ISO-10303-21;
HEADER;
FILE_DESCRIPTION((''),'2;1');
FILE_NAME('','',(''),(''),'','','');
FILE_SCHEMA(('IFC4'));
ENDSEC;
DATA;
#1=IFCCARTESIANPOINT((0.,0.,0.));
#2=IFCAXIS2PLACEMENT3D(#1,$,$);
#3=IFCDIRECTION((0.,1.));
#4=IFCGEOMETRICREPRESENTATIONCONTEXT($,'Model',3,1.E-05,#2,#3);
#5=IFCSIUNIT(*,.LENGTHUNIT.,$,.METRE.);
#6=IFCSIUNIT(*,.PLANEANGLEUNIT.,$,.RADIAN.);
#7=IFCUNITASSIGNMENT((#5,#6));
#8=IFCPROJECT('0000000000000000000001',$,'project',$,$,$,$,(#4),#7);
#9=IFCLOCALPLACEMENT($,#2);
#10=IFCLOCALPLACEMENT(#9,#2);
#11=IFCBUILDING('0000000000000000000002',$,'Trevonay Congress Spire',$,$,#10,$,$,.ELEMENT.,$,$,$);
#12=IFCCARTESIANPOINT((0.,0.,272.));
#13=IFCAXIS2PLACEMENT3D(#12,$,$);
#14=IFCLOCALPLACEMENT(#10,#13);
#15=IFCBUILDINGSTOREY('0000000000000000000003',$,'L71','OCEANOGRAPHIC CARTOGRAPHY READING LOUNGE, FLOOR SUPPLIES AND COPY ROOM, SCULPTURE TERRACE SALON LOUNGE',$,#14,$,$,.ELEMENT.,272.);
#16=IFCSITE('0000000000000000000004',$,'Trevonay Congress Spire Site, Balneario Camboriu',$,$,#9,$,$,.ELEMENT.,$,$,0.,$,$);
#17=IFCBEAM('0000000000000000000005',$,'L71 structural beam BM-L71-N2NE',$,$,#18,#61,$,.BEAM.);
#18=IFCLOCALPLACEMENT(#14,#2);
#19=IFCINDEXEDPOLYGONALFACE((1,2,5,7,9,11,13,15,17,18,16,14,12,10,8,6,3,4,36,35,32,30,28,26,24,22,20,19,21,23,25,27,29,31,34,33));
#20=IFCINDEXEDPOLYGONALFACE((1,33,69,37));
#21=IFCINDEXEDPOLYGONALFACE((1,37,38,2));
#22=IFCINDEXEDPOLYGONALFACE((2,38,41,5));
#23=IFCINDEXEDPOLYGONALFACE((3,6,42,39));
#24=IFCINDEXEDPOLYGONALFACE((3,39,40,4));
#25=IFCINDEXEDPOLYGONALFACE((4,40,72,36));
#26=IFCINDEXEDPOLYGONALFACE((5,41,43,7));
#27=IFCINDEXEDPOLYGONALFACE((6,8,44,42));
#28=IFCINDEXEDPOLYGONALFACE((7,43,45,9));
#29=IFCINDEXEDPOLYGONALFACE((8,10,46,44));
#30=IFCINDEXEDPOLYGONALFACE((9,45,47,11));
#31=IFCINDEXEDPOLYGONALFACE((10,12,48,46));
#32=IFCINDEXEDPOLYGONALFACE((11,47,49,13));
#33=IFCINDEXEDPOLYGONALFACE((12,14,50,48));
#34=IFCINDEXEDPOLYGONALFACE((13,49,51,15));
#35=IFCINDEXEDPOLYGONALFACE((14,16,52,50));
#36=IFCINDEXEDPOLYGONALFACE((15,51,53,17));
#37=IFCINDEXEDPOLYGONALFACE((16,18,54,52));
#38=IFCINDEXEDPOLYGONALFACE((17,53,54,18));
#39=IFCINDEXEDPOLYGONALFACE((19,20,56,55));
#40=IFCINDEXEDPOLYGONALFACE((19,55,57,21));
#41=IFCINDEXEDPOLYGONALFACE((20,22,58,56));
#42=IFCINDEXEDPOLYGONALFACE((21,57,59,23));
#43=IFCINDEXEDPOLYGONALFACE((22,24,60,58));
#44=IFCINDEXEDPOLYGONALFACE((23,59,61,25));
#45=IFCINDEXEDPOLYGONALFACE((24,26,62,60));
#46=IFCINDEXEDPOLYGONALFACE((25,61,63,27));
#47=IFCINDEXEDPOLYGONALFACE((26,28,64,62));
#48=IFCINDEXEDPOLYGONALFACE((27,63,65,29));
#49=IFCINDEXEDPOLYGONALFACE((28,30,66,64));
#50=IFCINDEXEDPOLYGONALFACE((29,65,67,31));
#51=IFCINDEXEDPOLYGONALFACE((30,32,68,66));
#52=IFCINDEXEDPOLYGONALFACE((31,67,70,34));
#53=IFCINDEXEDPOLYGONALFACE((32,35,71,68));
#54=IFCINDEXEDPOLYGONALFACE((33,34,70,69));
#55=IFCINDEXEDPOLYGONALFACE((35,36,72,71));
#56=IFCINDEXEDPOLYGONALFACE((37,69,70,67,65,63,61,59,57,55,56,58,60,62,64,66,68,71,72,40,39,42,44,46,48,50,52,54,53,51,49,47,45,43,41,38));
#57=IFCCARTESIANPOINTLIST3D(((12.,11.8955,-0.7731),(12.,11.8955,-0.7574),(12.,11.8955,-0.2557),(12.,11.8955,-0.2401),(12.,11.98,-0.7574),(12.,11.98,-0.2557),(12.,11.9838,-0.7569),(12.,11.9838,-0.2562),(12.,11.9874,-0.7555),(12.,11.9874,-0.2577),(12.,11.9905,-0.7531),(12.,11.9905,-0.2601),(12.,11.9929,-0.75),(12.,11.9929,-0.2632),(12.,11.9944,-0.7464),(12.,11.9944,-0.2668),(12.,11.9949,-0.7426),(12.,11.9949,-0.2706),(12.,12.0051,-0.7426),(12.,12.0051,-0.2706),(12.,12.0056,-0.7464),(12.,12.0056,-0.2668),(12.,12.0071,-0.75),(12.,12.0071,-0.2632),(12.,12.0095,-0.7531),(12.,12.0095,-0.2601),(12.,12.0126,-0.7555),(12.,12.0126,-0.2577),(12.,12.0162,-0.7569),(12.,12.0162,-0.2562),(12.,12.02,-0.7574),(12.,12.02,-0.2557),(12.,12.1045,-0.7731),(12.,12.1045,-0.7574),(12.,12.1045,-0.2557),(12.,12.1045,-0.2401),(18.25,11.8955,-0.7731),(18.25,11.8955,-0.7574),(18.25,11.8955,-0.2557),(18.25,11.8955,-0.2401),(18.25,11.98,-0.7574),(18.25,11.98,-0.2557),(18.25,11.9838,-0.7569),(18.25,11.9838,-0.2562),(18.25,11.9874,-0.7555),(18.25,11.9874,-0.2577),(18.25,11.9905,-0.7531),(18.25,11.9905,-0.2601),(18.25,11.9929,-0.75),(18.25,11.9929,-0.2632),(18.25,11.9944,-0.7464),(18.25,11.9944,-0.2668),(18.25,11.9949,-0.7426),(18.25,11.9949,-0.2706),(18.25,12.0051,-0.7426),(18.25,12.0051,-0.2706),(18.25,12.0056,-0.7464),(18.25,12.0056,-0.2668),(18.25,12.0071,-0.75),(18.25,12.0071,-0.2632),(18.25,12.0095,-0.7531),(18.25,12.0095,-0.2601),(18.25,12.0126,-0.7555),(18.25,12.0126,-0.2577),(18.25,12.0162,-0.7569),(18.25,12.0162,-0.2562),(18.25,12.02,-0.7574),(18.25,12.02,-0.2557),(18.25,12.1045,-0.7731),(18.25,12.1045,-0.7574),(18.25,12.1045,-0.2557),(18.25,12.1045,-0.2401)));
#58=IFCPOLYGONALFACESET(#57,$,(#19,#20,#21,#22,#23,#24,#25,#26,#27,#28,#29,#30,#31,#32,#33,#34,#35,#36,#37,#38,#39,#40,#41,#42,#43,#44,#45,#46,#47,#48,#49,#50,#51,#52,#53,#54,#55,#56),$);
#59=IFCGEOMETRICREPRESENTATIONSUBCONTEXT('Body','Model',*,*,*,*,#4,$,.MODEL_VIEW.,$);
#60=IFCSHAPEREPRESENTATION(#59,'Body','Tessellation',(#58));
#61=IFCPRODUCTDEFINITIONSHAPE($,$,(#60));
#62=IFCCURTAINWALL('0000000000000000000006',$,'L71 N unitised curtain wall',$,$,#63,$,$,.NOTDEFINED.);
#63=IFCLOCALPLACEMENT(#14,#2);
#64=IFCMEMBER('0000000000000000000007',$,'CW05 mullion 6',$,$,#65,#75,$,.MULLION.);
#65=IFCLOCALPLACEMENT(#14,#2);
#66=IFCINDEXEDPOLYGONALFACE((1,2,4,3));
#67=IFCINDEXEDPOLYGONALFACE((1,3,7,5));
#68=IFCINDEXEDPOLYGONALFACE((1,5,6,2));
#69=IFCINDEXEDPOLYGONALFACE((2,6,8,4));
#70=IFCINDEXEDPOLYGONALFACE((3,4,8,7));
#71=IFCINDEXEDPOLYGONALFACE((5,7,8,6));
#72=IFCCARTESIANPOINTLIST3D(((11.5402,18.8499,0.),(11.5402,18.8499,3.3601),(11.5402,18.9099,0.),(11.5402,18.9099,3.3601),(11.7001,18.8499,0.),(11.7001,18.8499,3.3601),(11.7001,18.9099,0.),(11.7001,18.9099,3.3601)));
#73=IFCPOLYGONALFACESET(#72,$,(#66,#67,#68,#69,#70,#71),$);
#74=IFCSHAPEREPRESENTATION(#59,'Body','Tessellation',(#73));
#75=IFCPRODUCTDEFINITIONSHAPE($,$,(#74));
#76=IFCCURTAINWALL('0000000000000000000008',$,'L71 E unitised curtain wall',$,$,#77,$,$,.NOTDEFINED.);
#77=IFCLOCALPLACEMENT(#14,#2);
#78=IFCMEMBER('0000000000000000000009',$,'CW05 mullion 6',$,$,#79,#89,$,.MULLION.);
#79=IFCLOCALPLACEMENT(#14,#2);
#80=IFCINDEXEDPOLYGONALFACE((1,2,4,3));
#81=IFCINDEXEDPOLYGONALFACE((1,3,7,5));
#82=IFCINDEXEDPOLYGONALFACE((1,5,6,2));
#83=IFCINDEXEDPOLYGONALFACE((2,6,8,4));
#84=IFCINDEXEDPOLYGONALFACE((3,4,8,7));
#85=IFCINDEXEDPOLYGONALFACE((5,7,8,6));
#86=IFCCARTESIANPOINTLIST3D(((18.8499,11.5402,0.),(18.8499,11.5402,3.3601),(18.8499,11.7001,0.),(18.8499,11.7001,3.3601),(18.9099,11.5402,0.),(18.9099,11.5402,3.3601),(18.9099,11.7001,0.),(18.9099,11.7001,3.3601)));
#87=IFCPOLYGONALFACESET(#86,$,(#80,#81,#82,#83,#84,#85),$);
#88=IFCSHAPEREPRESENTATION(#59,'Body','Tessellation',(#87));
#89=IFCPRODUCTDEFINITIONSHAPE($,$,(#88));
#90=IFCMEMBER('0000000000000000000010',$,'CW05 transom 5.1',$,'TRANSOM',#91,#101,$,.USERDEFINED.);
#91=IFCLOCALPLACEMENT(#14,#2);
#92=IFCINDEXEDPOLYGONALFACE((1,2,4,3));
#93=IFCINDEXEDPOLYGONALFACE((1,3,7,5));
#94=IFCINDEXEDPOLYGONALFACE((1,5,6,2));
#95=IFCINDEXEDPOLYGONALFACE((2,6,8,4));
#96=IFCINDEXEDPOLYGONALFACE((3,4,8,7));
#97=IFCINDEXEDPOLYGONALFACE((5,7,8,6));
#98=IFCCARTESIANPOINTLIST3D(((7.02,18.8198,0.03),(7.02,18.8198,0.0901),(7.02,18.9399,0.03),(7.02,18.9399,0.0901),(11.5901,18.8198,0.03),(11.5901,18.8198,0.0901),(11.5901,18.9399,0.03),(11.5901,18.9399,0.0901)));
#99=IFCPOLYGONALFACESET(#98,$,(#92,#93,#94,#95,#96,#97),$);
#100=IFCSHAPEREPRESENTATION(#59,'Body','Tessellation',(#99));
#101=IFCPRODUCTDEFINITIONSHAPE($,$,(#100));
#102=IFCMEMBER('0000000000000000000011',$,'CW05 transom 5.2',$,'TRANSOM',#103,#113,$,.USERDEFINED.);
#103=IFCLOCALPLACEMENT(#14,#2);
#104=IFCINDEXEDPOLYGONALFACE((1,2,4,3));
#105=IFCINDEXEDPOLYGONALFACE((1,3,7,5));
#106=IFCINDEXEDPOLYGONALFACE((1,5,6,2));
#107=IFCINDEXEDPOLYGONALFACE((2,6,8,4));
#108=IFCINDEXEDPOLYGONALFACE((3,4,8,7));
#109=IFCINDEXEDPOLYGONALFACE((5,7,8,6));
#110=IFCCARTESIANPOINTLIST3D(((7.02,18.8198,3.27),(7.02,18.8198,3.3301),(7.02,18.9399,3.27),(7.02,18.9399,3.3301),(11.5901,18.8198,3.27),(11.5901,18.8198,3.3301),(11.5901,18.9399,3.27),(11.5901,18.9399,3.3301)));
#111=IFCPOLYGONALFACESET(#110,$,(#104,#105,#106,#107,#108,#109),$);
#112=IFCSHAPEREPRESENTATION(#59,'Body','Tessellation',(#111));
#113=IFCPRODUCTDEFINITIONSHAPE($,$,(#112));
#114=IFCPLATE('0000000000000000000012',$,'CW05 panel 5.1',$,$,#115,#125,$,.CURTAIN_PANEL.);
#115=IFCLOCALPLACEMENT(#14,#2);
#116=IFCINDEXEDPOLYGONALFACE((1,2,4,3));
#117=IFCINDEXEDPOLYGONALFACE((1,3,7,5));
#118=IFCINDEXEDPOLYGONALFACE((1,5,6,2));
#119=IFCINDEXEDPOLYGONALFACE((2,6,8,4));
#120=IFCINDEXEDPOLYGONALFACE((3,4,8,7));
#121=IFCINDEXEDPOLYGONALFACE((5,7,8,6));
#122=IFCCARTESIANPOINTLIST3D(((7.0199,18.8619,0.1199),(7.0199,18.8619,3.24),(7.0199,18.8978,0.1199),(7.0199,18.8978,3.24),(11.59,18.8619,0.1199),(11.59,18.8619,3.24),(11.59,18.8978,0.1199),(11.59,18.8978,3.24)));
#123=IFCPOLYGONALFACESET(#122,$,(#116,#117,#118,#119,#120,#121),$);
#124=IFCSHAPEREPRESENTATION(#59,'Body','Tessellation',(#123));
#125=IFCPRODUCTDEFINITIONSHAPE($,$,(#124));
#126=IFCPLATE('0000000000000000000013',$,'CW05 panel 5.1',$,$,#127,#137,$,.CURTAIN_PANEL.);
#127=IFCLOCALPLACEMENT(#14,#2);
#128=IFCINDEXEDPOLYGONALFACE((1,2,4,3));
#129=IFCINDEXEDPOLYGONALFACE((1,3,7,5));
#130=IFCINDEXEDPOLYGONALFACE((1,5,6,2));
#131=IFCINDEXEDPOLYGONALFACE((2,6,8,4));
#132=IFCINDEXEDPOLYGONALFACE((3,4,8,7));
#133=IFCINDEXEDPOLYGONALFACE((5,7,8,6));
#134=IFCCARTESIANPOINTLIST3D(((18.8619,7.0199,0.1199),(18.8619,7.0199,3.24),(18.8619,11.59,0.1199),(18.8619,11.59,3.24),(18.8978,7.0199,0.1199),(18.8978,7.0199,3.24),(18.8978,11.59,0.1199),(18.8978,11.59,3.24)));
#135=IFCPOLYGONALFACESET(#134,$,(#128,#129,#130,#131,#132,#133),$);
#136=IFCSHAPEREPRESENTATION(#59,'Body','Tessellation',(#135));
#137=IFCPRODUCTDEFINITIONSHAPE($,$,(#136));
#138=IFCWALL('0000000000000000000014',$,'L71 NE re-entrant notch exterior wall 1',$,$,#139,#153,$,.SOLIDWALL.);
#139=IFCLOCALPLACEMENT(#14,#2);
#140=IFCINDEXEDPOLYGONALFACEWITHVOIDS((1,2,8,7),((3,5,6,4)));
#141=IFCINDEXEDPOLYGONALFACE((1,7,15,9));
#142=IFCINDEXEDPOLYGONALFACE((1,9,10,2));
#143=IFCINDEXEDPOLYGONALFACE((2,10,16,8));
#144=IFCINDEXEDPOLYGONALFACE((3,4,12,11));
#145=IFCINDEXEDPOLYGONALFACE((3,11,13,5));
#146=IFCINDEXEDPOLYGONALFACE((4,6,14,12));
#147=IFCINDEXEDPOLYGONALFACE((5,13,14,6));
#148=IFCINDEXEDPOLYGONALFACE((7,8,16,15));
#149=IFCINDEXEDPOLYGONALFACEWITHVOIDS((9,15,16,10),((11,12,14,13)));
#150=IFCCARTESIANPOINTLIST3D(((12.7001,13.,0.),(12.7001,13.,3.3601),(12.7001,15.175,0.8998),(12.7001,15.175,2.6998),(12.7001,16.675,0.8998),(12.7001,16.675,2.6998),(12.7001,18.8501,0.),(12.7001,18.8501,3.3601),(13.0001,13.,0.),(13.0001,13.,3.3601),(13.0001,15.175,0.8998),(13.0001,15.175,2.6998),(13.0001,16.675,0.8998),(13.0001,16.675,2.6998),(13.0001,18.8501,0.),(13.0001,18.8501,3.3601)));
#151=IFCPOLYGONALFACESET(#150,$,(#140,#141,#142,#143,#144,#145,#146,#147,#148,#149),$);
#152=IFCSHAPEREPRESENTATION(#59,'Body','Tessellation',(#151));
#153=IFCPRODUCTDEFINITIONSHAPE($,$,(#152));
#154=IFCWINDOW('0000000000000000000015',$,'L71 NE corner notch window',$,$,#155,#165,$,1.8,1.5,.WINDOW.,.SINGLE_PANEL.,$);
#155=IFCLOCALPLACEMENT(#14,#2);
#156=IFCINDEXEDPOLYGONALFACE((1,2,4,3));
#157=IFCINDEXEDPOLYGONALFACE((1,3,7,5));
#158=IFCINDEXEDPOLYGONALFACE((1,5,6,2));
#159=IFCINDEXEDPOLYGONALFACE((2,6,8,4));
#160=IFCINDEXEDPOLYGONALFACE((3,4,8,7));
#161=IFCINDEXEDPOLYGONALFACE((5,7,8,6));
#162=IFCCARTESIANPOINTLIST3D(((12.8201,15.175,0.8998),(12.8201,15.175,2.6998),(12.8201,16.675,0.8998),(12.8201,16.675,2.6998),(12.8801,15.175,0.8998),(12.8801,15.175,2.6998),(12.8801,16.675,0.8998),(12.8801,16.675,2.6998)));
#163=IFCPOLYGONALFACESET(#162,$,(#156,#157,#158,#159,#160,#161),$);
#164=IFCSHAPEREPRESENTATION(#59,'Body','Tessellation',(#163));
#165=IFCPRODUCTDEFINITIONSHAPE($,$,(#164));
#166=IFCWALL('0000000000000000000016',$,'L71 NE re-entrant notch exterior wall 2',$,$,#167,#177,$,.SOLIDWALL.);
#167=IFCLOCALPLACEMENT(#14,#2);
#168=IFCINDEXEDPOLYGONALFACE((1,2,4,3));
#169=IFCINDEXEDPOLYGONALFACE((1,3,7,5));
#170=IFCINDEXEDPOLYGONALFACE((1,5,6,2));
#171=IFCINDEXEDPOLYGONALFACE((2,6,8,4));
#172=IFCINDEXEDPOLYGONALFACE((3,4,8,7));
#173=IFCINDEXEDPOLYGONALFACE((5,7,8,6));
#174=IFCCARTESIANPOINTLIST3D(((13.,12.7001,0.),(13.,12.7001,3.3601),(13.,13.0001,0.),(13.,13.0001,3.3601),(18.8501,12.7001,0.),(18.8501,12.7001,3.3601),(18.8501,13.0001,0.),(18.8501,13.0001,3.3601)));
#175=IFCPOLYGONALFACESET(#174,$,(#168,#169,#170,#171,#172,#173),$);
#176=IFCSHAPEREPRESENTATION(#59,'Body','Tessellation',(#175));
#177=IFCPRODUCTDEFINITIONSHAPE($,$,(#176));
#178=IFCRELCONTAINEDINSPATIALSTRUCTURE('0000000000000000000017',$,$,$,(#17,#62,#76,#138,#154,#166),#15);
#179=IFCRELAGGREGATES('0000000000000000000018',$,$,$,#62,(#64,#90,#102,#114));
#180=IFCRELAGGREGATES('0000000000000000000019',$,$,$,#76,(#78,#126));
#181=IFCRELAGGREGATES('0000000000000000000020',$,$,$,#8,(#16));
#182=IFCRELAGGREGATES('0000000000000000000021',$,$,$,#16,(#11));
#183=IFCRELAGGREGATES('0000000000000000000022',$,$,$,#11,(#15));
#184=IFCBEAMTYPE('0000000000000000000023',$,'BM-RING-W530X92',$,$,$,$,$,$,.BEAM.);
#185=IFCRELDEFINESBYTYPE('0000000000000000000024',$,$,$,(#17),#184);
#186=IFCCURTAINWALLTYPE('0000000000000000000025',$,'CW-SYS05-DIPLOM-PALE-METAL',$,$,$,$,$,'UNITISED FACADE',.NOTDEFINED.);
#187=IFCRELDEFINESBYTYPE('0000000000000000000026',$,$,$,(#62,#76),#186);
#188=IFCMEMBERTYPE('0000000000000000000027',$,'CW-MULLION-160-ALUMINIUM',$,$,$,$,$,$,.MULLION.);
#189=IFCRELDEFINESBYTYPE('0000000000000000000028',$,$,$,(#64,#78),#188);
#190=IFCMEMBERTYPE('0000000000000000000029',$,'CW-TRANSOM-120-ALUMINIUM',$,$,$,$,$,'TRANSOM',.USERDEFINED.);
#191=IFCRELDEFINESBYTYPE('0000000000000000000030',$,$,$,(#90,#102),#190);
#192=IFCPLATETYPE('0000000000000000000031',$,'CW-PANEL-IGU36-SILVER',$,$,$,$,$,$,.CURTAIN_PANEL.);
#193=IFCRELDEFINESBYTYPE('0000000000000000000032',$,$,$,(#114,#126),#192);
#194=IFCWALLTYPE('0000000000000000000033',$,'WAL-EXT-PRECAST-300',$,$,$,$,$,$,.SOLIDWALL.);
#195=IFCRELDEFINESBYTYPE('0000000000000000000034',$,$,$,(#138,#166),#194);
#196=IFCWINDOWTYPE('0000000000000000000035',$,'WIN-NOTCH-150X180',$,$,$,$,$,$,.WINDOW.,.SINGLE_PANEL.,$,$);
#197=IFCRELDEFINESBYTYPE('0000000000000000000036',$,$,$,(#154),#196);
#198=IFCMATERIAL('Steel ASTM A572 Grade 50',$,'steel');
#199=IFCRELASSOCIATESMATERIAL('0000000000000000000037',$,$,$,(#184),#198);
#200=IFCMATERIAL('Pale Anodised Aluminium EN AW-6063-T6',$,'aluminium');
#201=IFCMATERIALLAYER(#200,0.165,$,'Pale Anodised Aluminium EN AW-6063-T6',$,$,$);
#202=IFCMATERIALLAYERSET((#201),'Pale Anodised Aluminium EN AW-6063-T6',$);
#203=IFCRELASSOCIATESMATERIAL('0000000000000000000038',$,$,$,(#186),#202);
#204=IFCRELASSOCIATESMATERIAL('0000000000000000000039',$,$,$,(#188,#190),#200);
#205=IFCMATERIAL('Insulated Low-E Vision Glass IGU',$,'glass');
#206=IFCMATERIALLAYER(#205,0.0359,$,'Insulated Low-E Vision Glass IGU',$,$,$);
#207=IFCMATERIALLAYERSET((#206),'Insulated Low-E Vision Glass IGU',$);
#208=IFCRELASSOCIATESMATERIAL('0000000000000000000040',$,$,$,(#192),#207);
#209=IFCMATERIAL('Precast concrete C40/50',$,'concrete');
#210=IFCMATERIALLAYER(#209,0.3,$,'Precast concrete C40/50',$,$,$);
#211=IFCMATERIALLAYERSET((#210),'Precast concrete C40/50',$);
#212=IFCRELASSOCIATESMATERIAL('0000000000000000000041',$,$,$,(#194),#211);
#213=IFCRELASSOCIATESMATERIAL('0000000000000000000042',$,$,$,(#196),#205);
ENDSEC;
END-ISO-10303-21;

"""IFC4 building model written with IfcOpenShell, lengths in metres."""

from ifc_helpers import new_model, si_unit, direction, frame, frame_2d, origin, origin_2d, place, context, subcontext, project, spatial, rectangle, i_section, extrude, material, layer, layer_set, material_profile, profile_set, type_object, element, fill, aggregate, save


model = new_model("IFC4")

# Units and contexts
model_context = context("Model", 3, precision=1e-05, world=origin(), true_north=direction((0.0, 1.0)))
body_context = subcontext(model_context, "Body", "Model", "MODEL_VIEW")
ifc_project = project(units=[si_unit("LENGTHUNIT", "METRE"), si_unit("PLANEANGLEUNIT", "RADIAN")], contexts=[model_context])

# Site, building, storey
site_placement = place(None, origin())
site = spatial("IfcSite", under=ifc_project, at=site_placement, Name="Trevonay Congress Spire Site, Balneario Camboriu", CompositionType="ELEMENT", RefElevation=0.0)
building_placement = place(site_placement, origin())
building = spatial("IfcBuilding", under=site, at=building_placement, Name="Trevonay Congress Spire", CompositionType="ELEMENT")
storey_placement = place(building_placement, frame((0.0, 0.0, 272.0)))
storey = spatial("IfcBuildingStorey", under=building, at=storey_placement, Name="L71", Description="OCEANOGRAPHIC CARTOGRAPHY READING LOUNGE, FLOOR SUPPLIES AND COPY ROOM, SCULPTURE TERRACE SALON LOUNGE", CompositionType="ELEMENT", Elevation=272.0)

# Shared definitions
ifc_material_1 = material(Name="Steel ASTM A572 Grade 50", Category="steel")

# Beam
ifc_material_profile_1 = material_profile(ifc_material_1, i_section(OverallWidth=0.209, OverallDepth=0.533, WebThickness=0.0103, FlangeThickness=0.0156, FilletRadius=0.0149, at=origin_2d()), Name="W530x92")
ifc_profile_set_1 = profile_set([ifc_material_profile_1], Name="Steel ASTM A572 Grade 50")
beam_type_1 = type_object("IfcBeamType", Name="BM-RING-W530X92", PredefinedType="BEAM", material=ifc_profile_set_1)
for number, where, z_axis, x_axis, name in (
    (1, (18.25, 12.0, -0.5066), (-1.0, 0.0, 0.0), (0.0, -1.0, 0.0), "L71 structural beam BM-L71-N2NE"),
):
    element("IfcBeam", number, at=place(storey_placement, frame(where, z_axis=z_axis, x_axis=x_axis)), inside=storey, type_object=beam_type_1, Name=name, PredefinedType="BEAM", context=body_context, shape_type="SweptSolid", body=[
        extrude(i_section(OverallWidth=0.209, OverallDepth=0.533, WebThickness=0.0103, FlangeThickness=0.0156, FilletRadius=0.0149, at=origin_2d()), origin(), (0.0, 0.0, 1.0), 6.25),
    ])

# Curtain walls, members
ifc_material_2 = material(Name="Pale Anodised Aluminium EN AW-6063-T6", Category="aluminium")
ifc_layer_1 = layer(ifc_material_2, 0.165, Name="Pale Anodised Aluminium EN AW-6063-T6")
ifc_layer_set_1 = layer_set([ifc_layer_1], Name="Pale Anodised Aluminium EN AW-6063-T6")
curtain_wall_type = type_object("IfcCurtainWallType", Name="CW-SYS05-DIPLOM-PALE-METAL", ElementType="UNITISED FACADE", PredefinedType="NOTDEFINED", material=ifc_layer_set_1)
curtain_wall_1_placement = place(storey_placement, origin())
curtain_wall_1 = element("IfcCurtainWall", 2, at=curtain_wall_1_placement, inside=storey, type_object=curtain_wall_type, Name="L71 N unitised curtain wall", PredefinedType="NOTDEFINED")
ifc_material_profile_2 = material_profile(ifc_material_2, rectangle(XDim=0.0601, YDim=0.1599, at=origin_2d()), Name="CW-MULLION-160-ALUMINIUM")
ifc_profile_set_2 = profile_set([ifc_material_profile_2], Name="Pale Anodised Aluminium EN AW-6063-T6")
member_type_1 = type_object("IfcMemberType", Name="CW-MULLION-160-ALUMINIUM", PredefinedType="MULLION", material=ifc_profile_set_2)
member_1_placement = place(storey_placement, frame((11.6201, 18.8799, 0.0), z_axis=(0.0, 0.0, 1.0), x_axis=(0.0, 1.0, 0.0)))
member_1 = element("IfcMember", 3, at=member_1_placement, type_object=member_type_1, Name="CW05 mullion 6", PredefinedType="MULLION", context=body_context, shape_type="SweptSolid", body=[
    extrude(rectangle(XDim=0.0601, YDim=0.1599, at=origin_2d()), origin(), (0.0, 0.0, 1.0), 3.3601),
])
curtain_wall_2_placement = place(storey_placement, origin())
curtain_wall_2 = element("IfcCurtainWall", 4, at=curtain_wall_2_placement, inside=storey, type_object=curtain_wall_type, Name="L71 E unitised curtain wall", PredefinedType="NOTDEFINED")
member_2_placement = place(storey_placement, frame((18.8799, 11.6201, 0.0), z_axis=(0.0, 0.0, 1.0), x_axis=(-1.0, 0.0, 0.0)))
member_2 = element("IfcMember", 5, at=member_2_placement, type_object=member_type_1, Name="CW05 mullion 6", PredefinedType="MULLION", context=body_context, shape_type="SweptSolid", body=[
    extrude(rectangle(XDim=0.0601, YDim=0.1599, at=origin_2d()), origin(), (0.0, 0.0, 1.0), 3.3601),
])

# Members
ifc_material_profile_3 = material_profile(ifc_material_2, rectangle(XDim=0.1201, YDim=0.0601, at=origin_2d()), Name="CW-TRANSOM-120-ALUMINIUM")
ifc_profile_set_3 = profile_set([ifc_material_profile_3], Name="Pale Anodised Aluminium EN AW-6063-T6")
member_type_2 = type_object("IfcMemberType", Name="CW-TRANSOM-120-ALUMINIUM", ElementType="TRANSOM", PredefinedType="USERDEFINED", material=ifc_profile_set_3)
member_3_placement = place(storey_placement, frame((7.02, 18.8799, 0.0601), z_axis=(1.0, 0.0, 0.0), x_axis=(0.0, 1.0, 0.0)))
member_3 = element("IfcMember", 6, at=member_3_placement, type_object=member_type_2, Name="CW05 transom 5.1", ObjectType="TRANSOM", PredefinedType="USERDEFINED", context=body_context, shape_type="SweptSolid", body=[
    extrude(rectangle(XDim=0.1201, YDim=0.0601, at=origin_2d()), origin(), (0.0, 0.0, 1.0), 4.5701),
])
member_4_placement = place(storey_placement, frame((7.02, 18.8799, 3.3), z_axis=(1.0, 0.0, 0.0), x_axis=(0.0, 1.0, 0.0)))
member_4 = element("IfcMember", 7, at=member_4_placement, type_object=member_type_2, Name="CW05 transom 5.2", ObjectType="TRANSOM", PredefinedType="USERDEFINED", context=body_context, shape_type="SweptSolid", body=[
    extrude(rectangle(XDim=0.1201, YDim=0.0601, at=origin_2d()), origin(), (0.0, 0.0, 1.0), 4.5701),
])

# Plates
ifc_material_3 = material(Name="Insulated Low-E Vision Glass IGU", Category="glass")
ifc_layer_2 = layer(ifc_material_3, 0.0359, Name="Insulated Low-E Vision Glass IGU")
ifc_layer_set_2 = layer_set([ifc_layer_2], Name="Insulated Low-E Vision Glass IGU")
plate_type = type_object("IfcPlateType", Name="CW-PANEL-IGU36-SILVER", PredefinedType="CURTAIN_PANEL", material=ifc_layer_set_2)
plate_1_placement = place(storey_placement, frame((9.3049, 18.8799, 0.1199), z_axis=(0.0, 0.0, 1.0), x_axis=(1.0, 0.0, 0.0)))
plate_1 = element("IfcPlate", 8, at=plate_1_placement, type_object=plate_type, Name="CW05 panel 5.1", PredefinedType="CURTAIN_PANEL", context=body_context, shape_type="SweptSolid", body=[
    extrude(rectangle(XDim=4.5701, YDim=0.0359, at=origin_2d()), origin(), (0.0, 0.0, 1.0), 3.1201),
])
aggregate(curtain_wall_1, [member_1, member_3, member_4, plate_1])
plate_2_placement = place(storey_placement, frame((18.8799, 9.3049, 0.1199), z_axis=(0.0, 0.0, 1.0), x_axis=(0.0, 1.0, 0.0)))
plate_2 = element("IfcPlate", 9, at=plate_2_placement, type_object=plate_type, Name="CW05 panel 5.1", PredefinedType="CURTAIN_PANEL", context=body_context, shape_type="SweptSolid", body=[
    extrude(rectangle(XDim=4.5701, YDim=0.0359, at=origin_2d()), origin(), (0.0, 0.0, 1.0), 3.1201),
])
aggregate(curtain_wall_2, [member_2, plate_2])

# Wall, opening, window
ifc_material_4 = material(Name="Precast concrete C40/50", Category="concrete")
ifc_layer_3 = layer(ifc_material_4, 0.3, Name="Precast concrete C40/50")
ifc_layer_set_3 = layer_set([ifc_layer_3], Name="Precast concrete C40/50")
wall_type_1 = type_object("IfcWallType", Name="WAL-EXT-PRECAST-300", PredefinedType="SOLIDWALL", material=ifc_layer_set_3)
wall_1_placement = place(storey_placement, frame((12.8501, 18.8501, 0.0), z_axis=(0.0, 0.0, 1.0), x_axis=(0.0, -1.0, 0.0)))
wall_1 = element("IfcWall", 10, at=wall_1_placement, inside=storey, type_object=wall_type_1, Name="L71 NE re-entrant notch exterior wall 1", PredefinedType="SOLIDWALL", context=body_context, shape_type="SweptSolid", body=[
    extrude(rectangle(XDim=5.8501, YDim=0.3, at=frame_2d((2.925, 0.0))), origin(), (0.0, 0.0, 1.0), 3.3601),
])
opening_placement = place(wall_1_placement, frame((2.175, 0.0, 0.8999)))
opening = element("IfcOpeningElement", 11, at=opening_placement, cuts=wall_1, PredefinedType="OPENING", context=body_context, shape_type="SweptSolid", body=[
    extrude(rectangle(XDim=1.5, YDim=1.8, at=frame_2d((0.75, 0.8999))), frame((0.0, 0.1602, 0.0), z_axis=(0.0, -1.0, 0.0), x_axis=(1.0, 0.0, 0.0)), (0.0, 0.0, 1.0), 0.3201),
])
window_type = type_object("IfcWindowType", Name="WIN-NOTCH-150X180", PartitioningType="SINGLE_PANEL", PredefinedType="WINDOW", material=ifc_material_3)
window_placement = place(opening_placement, origin())
window = element("IfcWindow", 12, at=window_placement, inside=storey, type_object=window_type, Name="L71 NE corner notch window", OverallHeight=1.8, OverallWidth=1.5, PartitioningType="SINGLE_PANEL", PredefinedType="WINDOW", context=body_context, shape_type="SweptSolid", body=[
    extrude(rectangle(XDim=1.5, YDim=1.8, at=frame_2d((0.75, 0.8999))), frame((0.0, 0.03, 0.0), z_axis=(0.0, -1.0, 0.0), x_axis=(1.0, 0.0, 0.0)), (0.0, 0.0, 1.0), 0.0601),
])
fill(opening, window)

# Wall
wall_2_placement = place(storey_placement, frame((18.8501, 12.8501, 0.0), z_axis=(0.0, 0.0, 1.0), x_axis=(-1.0, 0.0, 0.0)))
element("IfcWall", 13, at=wall_2_placement, inside=storey, type_object=wall_type_1, Name="L71 NE re-entrant notch exterior wall 2", PredefinedType="SOLIDWALL", context=body_context, shape_type="SweptSolid", body=[
    extrude(rectangle(XDim=5.8501, YDim=0.3, at=frame_2d((2.925, 0.0))), origin(), (0.0, 0.0, 1.0), 3.3601),
])

save(model, "model.ifc")
